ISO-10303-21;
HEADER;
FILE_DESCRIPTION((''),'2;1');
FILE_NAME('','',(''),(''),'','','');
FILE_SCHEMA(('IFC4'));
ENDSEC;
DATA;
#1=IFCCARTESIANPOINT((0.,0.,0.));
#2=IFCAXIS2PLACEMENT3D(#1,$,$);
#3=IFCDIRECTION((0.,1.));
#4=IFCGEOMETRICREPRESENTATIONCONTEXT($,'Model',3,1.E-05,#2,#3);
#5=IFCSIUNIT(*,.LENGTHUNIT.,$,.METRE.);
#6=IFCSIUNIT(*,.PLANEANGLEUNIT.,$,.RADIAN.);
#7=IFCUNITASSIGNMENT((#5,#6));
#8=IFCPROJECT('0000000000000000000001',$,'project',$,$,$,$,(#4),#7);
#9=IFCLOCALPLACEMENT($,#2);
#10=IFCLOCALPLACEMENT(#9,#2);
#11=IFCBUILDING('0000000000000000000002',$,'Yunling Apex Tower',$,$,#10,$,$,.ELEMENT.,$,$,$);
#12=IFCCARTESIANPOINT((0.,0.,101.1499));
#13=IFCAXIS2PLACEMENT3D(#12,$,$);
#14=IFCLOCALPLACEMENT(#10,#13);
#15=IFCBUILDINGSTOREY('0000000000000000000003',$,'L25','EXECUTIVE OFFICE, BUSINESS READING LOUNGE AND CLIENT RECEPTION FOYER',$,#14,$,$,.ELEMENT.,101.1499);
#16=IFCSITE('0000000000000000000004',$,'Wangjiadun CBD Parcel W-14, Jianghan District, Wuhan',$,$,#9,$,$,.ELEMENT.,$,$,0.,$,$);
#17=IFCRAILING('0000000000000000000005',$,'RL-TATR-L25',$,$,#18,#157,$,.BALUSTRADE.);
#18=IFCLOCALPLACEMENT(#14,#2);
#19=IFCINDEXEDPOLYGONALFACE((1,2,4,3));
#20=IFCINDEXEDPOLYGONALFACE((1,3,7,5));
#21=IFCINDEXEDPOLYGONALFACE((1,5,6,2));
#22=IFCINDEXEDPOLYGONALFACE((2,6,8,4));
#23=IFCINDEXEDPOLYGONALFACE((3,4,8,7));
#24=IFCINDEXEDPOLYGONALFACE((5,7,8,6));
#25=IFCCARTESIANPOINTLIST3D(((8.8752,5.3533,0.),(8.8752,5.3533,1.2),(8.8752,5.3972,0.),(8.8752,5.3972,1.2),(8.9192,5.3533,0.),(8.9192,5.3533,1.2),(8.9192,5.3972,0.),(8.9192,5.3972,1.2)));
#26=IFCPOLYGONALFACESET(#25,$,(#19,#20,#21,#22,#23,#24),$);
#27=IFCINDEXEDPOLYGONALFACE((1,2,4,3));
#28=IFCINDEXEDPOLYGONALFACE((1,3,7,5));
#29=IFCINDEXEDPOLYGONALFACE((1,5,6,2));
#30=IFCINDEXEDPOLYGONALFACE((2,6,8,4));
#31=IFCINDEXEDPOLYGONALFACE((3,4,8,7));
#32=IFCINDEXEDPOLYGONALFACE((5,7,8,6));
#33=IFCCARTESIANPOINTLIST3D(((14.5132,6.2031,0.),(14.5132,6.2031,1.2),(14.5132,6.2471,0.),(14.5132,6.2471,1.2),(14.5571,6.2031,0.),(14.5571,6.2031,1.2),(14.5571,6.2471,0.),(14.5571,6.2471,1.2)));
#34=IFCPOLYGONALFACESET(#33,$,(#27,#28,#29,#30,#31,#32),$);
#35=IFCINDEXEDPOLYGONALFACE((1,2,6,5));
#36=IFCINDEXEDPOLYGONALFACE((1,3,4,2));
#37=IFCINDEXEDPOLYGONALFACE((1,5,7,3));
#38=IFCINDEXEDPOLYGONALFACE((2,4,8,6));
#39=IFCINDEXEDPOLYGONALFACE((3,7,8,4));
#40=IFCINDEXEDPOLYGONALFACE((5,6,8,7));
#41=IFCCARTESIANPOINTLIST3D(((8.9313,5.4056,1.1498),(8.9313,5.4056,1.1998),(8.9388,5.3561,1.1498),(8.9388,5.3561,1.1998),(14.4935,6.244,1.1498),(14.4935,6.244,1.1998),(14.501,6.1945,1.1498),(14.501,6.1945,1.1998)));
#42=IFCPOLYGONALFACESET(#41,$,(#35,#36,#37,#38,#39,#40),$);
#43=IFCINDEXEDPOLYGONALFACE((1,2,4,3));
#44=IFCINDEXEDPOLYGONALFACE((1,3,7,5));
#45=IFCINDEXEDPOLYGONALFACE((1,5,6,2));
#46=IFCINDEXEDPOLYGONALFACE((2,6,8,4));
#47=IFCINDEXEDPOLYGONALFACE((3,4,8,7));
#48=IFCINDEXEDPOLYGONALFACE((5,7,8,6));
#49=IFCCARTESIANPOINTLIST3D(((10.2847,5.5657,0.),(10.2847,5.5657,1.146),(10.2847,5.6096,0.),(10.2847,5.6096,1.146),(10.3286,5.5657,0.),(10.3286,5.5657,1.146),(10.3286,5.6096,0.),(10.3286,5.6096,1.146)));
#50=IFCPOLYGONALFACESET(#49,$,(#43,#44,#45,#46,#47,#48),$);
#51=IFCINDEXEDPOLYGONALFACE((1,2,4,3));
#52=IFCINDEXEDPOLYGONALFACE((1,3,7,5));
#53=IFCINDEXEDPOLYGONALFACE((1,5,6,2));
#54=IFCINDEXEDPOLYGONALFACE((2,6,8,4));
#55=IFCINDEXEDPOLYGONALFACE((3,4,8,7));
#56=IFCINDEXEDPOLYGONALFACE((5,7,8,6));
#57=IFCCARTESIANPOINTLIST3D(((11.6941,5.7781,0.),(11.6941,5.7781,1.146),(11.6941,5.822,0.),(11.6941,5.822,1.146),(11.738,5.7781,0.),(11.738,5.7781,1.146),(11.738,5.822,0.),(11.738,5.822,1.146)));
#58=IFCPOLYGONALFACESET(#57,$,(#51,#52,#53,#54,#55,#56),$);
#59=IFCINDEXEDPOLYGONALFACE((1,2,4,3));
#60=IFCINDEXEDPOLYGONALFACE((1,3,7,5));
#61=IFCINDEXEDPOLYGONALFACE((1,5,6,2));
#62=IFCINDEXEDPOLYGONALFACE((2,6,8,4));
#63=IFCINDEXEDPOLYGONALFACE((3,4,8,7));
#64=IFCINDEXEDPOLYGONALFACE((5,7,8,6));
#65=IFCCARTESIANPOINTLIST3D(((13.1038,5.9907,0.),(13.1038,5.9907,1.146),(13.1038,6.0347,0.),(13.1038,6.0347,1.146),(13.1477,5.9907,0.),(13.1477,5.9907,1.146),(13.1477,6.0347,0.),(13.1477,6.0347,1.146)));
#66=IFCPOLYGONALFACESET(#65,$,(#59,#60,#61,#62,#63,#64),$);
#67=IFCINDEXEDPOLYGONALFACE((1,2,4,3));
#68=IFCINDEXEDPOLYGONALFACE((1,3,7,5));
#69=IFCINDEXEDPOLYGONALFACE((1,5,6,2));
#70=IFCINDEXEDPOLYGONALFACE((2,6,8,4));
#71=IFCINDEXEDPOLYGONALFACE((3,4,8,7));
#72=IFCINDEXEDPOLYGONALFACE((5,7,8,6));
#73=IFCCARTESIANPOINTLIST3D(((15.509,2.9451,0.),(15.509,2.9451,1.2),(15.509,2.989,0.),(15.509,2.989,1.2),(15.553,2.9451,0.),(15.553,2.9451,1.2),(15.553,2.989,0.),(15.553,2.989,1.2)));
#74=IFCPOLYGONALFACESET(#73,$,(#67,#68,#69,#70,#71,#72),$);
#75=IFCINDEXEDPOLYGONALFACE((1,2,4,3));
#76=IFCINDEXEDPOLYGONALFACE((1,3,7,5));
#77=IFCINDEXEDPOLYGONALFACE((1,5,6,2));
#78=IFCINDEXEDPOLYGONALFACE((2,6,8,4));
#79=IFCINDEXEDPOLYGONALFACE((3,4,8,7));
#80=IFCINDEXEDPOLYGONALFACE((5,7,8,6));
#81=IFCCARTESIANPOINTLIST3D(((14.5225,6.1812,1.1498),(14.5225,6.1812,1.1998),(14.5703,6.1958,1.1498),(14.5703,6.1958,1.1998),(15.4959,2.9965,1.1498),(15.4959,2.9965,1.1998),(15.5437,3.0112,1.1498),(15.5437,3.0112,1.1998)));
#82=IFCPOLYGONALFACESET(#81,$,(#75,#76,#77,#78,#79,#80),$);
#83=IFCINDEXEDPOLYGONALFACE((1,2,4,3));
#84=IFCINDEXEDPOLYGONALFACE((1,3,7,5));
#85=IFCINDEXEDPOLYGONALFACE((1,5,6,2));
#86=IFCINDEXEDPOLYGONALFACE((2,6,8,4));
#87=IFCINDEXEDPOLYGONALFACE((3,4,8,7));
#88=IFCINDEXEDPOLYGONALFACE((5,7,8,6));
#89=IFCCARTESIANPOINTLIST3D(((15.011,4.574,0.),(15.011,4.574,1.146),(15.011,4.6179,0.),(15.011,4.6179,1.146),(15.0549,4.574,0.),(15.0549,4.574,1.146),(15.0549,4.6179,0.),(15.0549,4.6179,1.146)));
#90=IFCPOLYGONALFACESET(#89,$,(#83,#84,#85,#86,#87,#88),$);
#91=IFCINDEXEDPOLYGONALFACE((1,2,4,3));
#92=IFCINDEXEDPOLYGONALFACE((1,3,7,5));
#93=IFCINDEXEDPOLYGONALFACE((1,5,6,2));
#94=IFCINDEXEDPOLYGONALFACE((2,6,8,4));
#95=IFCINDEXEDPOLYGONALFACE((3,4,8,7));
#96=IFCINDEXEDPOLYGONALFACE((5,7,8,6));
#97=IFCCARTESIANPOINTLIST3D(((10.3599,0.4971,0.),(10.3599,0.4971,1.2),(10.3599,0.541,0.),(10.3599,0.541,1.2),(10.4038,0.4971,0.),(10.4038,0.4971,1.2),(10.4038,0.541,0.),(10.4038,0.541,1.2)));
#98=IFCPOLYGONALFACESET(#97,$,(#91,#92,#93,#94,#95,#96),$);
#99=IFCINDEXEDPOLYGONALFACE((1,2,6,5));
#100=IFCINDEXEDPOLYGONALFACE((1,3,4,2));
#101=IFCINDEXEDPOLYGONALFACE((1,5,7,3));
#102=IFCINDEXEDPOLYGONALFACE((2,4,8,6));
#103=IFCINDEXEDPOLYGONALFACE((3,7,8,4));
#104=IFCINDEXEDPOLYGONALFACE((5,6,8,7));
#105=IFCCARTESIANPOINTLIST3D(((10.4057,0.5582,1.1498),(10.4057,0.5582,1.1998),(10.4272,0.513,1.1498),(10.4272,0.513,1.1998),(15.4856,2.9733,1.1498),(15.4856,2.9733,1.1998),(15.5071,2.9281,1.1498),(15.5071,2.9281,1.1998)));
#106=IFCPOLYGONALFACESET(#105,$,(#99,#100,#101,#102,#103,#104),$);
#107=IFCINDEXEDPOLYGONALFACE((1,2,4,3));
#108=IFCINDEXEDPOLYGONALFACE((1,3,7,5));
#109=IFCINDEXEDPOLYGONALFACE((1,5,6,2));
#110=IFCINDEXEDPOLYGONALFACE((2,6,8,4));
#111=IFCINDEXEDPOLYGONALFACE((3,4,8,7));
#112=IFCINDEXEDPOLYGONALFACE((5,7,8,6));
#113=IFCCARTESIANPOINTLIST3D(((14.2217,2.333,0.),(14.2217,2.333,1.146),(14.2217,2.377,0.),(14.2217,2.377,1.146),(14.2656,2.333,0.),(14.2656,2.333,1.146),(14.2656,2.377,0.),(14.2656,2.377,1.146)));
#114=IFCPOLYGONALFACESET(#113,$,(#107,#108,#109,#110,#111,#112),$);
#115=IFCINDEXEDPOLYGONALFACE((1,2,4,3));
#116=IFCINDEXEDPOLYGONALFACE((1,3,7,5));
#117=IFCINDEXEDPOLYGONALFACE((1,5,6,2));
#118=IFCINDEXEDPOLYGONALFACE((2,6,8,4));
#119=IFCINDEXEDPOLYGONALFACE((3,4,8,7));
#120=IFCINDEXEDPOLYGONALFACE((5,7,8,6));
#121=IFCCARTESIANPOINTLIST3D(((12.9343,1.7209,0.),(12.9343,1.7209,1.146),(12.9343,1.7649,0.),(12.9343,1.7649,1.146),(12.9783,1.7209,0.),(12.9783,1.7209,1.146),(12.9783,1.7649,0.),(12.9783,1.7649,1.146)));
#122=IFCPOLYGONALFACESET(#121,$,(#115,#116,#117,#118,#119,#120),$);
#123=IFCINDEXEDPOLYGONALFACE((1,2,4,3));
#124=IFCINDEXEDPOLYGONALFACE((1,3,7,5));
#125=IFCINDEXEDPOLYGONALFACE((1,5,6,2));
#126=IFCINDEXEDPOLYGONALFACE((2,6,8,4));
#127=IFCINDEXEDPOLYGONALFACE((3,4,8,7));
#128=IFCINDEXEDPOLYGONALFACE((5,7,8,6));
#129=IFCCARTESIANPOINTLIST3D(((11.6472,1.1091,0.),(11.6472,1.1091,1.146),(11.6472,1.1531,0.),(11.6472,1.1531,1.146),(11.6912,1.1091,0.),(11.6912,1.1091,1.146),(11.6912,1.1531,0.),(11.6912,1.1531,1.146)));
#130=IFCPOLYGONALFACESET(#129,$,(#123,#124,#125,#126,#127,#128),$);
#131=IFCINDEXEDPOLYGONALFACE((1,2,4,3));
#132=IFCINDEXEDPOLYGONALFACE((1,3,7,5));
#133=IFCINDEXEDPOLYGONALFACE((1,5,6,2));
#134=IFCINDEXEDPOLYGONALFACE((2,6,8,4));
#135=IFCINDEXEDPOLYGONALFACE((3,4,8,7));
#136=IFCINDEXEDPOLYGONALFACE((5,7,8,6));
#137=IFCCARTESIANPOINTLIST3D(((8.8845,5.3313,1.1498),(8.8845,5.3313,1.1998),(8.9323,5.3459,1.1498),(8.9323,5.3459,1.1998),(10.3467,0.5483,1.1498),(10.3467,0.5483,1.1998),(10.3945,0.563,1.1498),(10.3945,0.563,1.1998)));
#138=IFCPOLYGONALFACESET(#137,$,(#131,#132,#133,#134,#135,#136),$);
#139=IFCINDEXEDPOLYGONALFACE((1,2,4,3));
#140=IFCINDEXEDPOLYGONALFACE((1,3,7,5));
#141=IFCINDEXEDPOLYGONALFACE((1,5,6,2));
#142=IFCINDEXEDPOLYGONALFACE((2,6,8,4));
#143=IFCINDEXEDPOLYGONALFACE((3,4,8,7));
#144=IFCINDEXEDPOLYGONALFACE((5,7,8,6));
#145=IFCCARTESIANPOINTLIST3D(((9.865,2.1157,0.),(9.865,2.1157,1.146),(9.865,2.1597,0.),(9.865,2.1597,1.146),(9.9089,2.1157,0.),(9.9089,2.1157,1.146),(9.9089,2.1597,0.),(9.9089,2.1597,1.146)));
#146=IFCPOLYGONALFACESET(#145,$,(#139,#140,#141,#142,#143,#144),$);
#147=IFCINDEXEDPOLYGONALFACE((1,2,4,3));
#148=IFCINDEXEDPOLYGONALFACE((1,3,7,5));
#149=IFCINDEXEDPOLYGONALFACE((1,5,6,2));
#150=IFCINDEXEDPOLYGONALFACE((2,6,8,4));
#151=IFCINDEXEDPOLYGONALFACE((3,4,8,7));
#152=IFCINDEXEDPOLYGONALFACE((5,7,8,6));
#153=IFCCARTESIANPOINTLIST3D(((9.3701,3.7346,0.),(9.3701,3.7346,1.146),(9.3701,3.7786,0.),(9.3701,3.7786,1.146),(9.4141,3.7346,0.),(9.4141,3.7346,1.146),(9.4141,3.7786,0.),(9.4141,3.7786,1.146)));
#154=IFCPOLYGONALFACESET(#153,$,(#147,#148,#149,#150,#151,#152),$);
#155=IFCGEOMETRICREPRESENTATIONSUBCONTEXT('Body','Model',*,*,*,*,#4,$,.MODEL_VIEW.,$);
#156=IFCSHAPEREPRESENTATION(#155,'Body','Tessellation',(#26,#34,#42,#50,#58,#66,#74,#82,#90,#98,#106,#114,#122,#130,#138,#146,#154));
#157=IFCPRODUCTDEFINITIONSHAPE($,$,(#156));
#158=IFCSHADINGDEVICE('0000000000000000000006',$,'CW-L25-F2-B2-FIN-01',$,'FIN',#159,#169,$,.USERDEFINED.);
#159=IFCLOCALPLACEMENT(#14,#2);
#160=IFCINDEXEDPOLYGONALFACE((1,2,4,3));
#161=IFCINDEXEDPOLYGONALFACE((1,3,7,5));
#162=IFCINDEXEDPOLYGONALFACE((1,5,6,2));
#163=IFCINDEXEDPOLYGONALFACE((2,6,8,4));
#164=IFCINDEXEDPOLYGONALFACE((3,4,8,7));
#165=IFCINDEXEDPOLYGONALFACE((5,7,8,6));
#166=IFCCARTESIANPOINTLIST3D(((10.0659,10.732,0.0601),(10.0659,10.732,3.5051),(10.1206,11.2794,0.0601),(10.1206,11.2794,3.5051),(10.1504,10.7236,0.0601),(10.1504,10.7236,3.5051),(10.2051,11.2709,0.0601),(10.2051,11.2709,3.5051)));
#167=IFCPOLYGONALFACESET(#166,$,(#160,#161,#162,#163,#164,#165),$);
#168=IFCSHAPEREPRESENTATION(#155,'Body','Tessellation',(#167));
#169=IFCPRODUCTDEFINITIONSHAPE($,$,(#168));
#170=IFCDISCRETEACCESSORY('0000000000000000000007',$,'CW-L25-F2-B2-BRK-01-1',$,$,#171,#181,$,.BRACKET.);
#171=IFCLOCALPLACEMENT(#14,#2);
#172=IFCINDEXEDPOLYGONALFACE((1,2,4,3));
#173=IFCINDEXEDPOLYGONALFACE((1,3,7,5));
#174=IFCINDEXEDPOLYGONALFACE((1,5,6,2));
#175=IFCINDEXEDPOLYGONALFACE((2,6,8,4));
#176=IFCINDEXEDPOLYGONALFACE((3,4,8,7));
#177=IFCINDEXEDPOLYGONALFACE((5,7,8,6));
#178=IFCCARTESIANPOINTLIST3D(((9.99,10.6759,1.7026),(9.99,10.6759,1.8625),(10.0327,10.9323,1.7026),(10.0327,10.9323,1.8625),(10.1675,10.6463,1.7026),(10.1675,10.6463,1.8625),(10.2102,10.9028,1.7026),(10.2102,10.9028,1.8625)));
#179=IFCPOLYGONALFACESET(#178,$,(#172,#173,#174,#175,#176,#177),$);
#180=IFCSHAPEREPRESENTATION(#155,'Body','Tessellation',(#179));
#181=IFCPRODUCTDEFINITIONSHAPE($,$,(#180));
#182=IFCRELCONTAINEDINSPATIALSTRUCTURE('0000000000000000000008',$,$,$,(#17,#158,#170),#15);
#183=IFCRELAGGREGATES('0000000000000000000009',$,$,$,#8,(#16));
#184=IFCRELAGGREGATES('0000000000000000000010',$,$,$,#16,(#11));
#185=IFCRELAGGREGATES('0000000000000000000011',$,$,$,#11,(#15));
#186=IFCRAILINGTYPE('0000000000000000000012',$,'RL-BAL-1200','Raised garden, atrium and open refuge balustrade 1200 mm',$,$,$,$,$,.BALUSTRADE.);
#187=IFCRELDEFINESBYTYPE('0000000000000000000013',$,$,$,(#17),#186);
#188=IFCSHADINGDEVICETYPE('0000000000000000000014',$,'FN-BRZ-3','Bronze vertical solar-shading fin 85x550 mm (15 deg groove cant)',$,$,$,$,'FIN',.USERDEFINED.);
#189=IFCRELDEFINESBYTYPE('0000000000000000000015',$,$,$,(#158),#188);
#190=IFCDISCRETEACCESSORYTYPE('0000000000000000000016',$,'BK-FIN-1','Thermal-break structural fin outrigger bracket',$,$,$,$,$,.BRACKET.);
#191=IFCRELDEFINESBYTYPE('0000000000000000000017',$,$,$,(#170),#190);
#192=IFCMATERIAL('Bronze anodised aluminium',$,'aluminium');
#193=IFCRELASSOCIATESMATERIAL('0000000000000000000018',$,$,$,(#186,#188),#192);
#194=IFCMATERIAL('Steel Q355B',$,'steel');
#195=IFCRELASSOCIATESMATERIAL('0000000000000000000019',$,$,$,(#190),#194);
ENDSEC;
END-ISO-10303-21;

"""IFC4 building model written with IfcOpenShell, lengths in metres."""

from ifc_helpers import new_model, si_unit, direction, frame, origin, origin_2d, place, context, subcontext, project, spatial, rectangle, extrude, source, transform, mapped, material, material_profile, profile_set, type_object, element, save


model = new_model("IFC4")

# Units and contexts
model_context = context("Model", 3, precision=1e-05, world=origin(), true_north=direction((0.0, 1.0)))
body_context = subcontext(model_context, "Body", "Model", "MODEL_VIEW")
ifc_project = project(units=[si_unit("LENGTHUNIT", "METRE"), si_unit("PLANEANGLEUNIT", "RADIAN")], contexts=[model_context])

# Site, building, storey
site_placement = place(None, origin())
site = spatial("IfcSite", under=ifc_project, at=site_placement, Name="Wangjiadun CBD Parcel W-14, Jianghan District, Wuhan", CompositionType="ELEMENT", RefElevation=0.0)
building_placement = place(site_placement, origin())
building = spatial("IfcBuilding", under=site, at=building_placement, Name="Yunling Apex Tower", CompositionType="ELEMENT")
storey_placement = place(building_placement, frame((0.0, 0.0, 101.1499)))
storey = spatial("IfcBuildingStorey", under=building, at=storey_placement, Name="L25", Description="EXECUTIVE OFFICE, BUSINESS READING LOUNGE AND CLIENT RECEPTION FOYER", CompositionType="ELEMENT", Elevation=101.1499)

# Shared definitions
ifc_material_1 = material(Name="Steel Q355B", Category="steel")

# Shared definitions
ifc_material_2 = material(Name="Bronze anodised aluminium", Category="aluminium")

# Railing
railing_type = type_object("IfcRailingType", Name="RL-BAL-1200", Description="Raised garden, atrium and open refuge balustrade 1200 mm", PredefinedType="BALUSTRADE", material=ifc_material_2)
railing_placement = place(storey_placement, frame((8.8972, 5.3752, 0.0)))
element("IfcRailing", 1, at=railing_placement, inside=storey, type_object=railing_type, Name="RL-TATR-L25", PredefinedType="BALUSTRADE", context=body_context, shape_type="SweptSolid", body=[
    extrude(rectangle(XDim=0.0439, YDim=0.0439, at=origin_2d()), origin(), (0.0, 0.0, 1.0), 1.2),
    extrude(rectangle(XDim=0.0439, YDim=0.0439, at=origin_2d()), frame((5.6379, 0.8499, 0.0)), (0.0, 0.0, 1.0), 1.2),
    extrude(rectangle(XDim=0.05, YDim=0.05, at=origin_2d()), frame((0.0378, 0.0056, 1.1748), z_axis=(0.988829, 0.149054, 0.0), x_axis=(-0.149054, 0.988829, 0.0)), (0.0, 0.0, 1.0), 5.625),
    extrude(rectangle(XDim=0.0439, YDim=0.0439, at=origin_2d()), frame((1.4094, 0.2124, 0.0)), (0.0, 0.0, 1.0), 1.146),
    extrude(rectangle(XDim=0.0439, YDim=0.0439, at=origin_2d()), frame((2.8188, 0.4248, 0.0)), (0.0, 0.0, 1.0), 1.146),
    extrude(rectangle(XDim=0.0439, YDim=0.0439, at=origin_2d()), frame((4.2285, 0.6375, 0.0)), (0.0, 0.0, 1.0), 1.146),
    extrude(rectangle(XDim=0.0439, YDim=0.0439, at=origin_2d()), frame((6.6338, -2.4082, 0.0)), (0.0, 0.0, 1.0), 1.2),
    extrude(rectangle(XDim=0.05, YDim=0.05, at=origin_2d()), frame((5.6492, 0.8132, 1.1748), z_axis=(0.292308, -0.956324, 0.0), x_axis=(0.956324, 0.292308, 0.0)), (0.0, 0.0, 1.0), 3.3301),
    extrude(rectangle(XDim=0.0439, YDim=0.0439, at=origin_2d()), frame((6.1357, -0.7793, 0.0)), (0.0, 0.0, 1.0), 1.146),
    extrude(rectangle(XDim=0.0439, YDim=0.0439, at=origin_2d()), frame((1.4846, -4.8562, 0.0)), (0.0, 0.0, 1.0), 1.2),
    extrude(rectangle(XDim=0.05, YDim=0.05, at=origin_2d()), frame((6.5991, -2.4246, 1.1748), z_axis=(-0.903132, -0.429363, 0.0), x_axis=(0.429363, -0.903132, 0.0)), (0.0, 0.0, 1.0), 5.6248),
    extrude(rectangle(XDim=0.0439, YDim=0.0439, at=origin_2d()), frame((5.3464, -3.0203, 0.0)), (0.0, 0.0, 1.0), 1.146),
    extrude(rectangle(XDim=0.0439, YDim=0.0439, at=origin_2d()), frame((4.0591, -3.6323, 0.0)), (0.0, 0.0, 1.0), 1.146),
    extrude(rectangle(XDim=0.0439, YDim=0.0439, at=origin_2d()), frame((2.772, -4.2441, 0.0)), (0.0, 0.0, 1.0), 1.146),
    extrude(rectangle(XDim=0.05, YDim=0.05, at=origin_2d()), frame((1.4734, -4.8196, 1.1748), z_axis=(-0.292359, 0.956309, 0.0), x_axis=(-0.956309, -0.292359, 0.0)), (0.0, 0.0, 1.0), 5.0015),
    extrude(rectangle(XDim=0.0439, YDim=0.0439, at=origin_2d()), frame((0.9897, -3.2375, 0.0)), (0.0, 0.0, 1.0), 1.146),
    extrude(rectangle(XDim=0.0439, YDim=0.0439, at=origin_2d()), frame((0.4949, -1.6187, 0.0)), (0.0, 0.0, 1.0), 1.146),
])

# Shading device
ifc_material_profile_1 = material_profile(ifc_material_2, rectangle(XDim=0.085, YDim=0.55, at=origin_2d()))
ifc_profile_set_1 = profile_set([ifc_material_profile_1], Name="Bronze anodised aluminium")
shading_device_type = type_object("IfcShadingDeviceType", Name="FN-BRZ-3", Description="Bronze vertical solar-shading fin 85x550 mm (15 deg groove cant)", ElementType="FIN", PredefinedType="USERDEFINED", material=ifc_profile_set_1)
shared_shape_1 = source(origin(), body_context, "Body", "SweptSolid", [
    extrude(rectangle(XDim=0.085, YDim=0.55, at=origin_2d()), origin(), (0.0, 0.0, 1.0), 3.4451),
])
shading_device_placement = place(storey_placement, frame((10.1355, 11.0015, 0.0601), z_axis=(0.0, 0.0, 1.0), x_axis=(-0.995038, 0.099493, 0.0)))
element("IfcShadingDevice", 2, at=shading_device_placement, inside=storey, type_object=shading_device_type, Name="CW-L25-F2-B2-FIN-01", ObjectType="FIN", PredefinedType="USERDEFINED", context=body_context, shape_type="MappedRepresentation", body=[
    mapped(shared_shape_1, transform((0.0, 0.0, 0.0), scale=1.0)),
])

# Discrete accessory
discrete_accessory_type = type_object("IfcDiscreteAccessoryType", Name="BK-FIN-1", Description="Thermal-break structural fin outrigger bracket", PredefinedType="BRACKET", material=ifc_material_1)
shared_shape_2 = source(origin(), body_context, "Body", "SweptSolid", [
    extrude(rectangle(XDim=0.1799, YDim=0.26, at=origin_2d()), origin(), (0.0, 0.0, 1.0), 0.1599),
])
discrete_accessory_placement = place(storey_placement, frame((10.1001, 10.7893, 1.7026), z_axis=(0.0, 0.0, 1.0), x_axis=(-0.986401, 0.164359, 0.0)))
element("IfcDiscreteAccessory", 3, at=discrete_accessory_placement, inside=storey, type_object=discrete_accessory_type, Name="CW-L25-F2-B2-BRK-01-1", PredefinedType="BRACKET", context=body_context, shape_type="MappedRepresentation", body=[
    mapped(shared_shape_2, transform((0.0, 0.0, 0.0), scale=1.0)),
])

save(model, "model.ifc")
